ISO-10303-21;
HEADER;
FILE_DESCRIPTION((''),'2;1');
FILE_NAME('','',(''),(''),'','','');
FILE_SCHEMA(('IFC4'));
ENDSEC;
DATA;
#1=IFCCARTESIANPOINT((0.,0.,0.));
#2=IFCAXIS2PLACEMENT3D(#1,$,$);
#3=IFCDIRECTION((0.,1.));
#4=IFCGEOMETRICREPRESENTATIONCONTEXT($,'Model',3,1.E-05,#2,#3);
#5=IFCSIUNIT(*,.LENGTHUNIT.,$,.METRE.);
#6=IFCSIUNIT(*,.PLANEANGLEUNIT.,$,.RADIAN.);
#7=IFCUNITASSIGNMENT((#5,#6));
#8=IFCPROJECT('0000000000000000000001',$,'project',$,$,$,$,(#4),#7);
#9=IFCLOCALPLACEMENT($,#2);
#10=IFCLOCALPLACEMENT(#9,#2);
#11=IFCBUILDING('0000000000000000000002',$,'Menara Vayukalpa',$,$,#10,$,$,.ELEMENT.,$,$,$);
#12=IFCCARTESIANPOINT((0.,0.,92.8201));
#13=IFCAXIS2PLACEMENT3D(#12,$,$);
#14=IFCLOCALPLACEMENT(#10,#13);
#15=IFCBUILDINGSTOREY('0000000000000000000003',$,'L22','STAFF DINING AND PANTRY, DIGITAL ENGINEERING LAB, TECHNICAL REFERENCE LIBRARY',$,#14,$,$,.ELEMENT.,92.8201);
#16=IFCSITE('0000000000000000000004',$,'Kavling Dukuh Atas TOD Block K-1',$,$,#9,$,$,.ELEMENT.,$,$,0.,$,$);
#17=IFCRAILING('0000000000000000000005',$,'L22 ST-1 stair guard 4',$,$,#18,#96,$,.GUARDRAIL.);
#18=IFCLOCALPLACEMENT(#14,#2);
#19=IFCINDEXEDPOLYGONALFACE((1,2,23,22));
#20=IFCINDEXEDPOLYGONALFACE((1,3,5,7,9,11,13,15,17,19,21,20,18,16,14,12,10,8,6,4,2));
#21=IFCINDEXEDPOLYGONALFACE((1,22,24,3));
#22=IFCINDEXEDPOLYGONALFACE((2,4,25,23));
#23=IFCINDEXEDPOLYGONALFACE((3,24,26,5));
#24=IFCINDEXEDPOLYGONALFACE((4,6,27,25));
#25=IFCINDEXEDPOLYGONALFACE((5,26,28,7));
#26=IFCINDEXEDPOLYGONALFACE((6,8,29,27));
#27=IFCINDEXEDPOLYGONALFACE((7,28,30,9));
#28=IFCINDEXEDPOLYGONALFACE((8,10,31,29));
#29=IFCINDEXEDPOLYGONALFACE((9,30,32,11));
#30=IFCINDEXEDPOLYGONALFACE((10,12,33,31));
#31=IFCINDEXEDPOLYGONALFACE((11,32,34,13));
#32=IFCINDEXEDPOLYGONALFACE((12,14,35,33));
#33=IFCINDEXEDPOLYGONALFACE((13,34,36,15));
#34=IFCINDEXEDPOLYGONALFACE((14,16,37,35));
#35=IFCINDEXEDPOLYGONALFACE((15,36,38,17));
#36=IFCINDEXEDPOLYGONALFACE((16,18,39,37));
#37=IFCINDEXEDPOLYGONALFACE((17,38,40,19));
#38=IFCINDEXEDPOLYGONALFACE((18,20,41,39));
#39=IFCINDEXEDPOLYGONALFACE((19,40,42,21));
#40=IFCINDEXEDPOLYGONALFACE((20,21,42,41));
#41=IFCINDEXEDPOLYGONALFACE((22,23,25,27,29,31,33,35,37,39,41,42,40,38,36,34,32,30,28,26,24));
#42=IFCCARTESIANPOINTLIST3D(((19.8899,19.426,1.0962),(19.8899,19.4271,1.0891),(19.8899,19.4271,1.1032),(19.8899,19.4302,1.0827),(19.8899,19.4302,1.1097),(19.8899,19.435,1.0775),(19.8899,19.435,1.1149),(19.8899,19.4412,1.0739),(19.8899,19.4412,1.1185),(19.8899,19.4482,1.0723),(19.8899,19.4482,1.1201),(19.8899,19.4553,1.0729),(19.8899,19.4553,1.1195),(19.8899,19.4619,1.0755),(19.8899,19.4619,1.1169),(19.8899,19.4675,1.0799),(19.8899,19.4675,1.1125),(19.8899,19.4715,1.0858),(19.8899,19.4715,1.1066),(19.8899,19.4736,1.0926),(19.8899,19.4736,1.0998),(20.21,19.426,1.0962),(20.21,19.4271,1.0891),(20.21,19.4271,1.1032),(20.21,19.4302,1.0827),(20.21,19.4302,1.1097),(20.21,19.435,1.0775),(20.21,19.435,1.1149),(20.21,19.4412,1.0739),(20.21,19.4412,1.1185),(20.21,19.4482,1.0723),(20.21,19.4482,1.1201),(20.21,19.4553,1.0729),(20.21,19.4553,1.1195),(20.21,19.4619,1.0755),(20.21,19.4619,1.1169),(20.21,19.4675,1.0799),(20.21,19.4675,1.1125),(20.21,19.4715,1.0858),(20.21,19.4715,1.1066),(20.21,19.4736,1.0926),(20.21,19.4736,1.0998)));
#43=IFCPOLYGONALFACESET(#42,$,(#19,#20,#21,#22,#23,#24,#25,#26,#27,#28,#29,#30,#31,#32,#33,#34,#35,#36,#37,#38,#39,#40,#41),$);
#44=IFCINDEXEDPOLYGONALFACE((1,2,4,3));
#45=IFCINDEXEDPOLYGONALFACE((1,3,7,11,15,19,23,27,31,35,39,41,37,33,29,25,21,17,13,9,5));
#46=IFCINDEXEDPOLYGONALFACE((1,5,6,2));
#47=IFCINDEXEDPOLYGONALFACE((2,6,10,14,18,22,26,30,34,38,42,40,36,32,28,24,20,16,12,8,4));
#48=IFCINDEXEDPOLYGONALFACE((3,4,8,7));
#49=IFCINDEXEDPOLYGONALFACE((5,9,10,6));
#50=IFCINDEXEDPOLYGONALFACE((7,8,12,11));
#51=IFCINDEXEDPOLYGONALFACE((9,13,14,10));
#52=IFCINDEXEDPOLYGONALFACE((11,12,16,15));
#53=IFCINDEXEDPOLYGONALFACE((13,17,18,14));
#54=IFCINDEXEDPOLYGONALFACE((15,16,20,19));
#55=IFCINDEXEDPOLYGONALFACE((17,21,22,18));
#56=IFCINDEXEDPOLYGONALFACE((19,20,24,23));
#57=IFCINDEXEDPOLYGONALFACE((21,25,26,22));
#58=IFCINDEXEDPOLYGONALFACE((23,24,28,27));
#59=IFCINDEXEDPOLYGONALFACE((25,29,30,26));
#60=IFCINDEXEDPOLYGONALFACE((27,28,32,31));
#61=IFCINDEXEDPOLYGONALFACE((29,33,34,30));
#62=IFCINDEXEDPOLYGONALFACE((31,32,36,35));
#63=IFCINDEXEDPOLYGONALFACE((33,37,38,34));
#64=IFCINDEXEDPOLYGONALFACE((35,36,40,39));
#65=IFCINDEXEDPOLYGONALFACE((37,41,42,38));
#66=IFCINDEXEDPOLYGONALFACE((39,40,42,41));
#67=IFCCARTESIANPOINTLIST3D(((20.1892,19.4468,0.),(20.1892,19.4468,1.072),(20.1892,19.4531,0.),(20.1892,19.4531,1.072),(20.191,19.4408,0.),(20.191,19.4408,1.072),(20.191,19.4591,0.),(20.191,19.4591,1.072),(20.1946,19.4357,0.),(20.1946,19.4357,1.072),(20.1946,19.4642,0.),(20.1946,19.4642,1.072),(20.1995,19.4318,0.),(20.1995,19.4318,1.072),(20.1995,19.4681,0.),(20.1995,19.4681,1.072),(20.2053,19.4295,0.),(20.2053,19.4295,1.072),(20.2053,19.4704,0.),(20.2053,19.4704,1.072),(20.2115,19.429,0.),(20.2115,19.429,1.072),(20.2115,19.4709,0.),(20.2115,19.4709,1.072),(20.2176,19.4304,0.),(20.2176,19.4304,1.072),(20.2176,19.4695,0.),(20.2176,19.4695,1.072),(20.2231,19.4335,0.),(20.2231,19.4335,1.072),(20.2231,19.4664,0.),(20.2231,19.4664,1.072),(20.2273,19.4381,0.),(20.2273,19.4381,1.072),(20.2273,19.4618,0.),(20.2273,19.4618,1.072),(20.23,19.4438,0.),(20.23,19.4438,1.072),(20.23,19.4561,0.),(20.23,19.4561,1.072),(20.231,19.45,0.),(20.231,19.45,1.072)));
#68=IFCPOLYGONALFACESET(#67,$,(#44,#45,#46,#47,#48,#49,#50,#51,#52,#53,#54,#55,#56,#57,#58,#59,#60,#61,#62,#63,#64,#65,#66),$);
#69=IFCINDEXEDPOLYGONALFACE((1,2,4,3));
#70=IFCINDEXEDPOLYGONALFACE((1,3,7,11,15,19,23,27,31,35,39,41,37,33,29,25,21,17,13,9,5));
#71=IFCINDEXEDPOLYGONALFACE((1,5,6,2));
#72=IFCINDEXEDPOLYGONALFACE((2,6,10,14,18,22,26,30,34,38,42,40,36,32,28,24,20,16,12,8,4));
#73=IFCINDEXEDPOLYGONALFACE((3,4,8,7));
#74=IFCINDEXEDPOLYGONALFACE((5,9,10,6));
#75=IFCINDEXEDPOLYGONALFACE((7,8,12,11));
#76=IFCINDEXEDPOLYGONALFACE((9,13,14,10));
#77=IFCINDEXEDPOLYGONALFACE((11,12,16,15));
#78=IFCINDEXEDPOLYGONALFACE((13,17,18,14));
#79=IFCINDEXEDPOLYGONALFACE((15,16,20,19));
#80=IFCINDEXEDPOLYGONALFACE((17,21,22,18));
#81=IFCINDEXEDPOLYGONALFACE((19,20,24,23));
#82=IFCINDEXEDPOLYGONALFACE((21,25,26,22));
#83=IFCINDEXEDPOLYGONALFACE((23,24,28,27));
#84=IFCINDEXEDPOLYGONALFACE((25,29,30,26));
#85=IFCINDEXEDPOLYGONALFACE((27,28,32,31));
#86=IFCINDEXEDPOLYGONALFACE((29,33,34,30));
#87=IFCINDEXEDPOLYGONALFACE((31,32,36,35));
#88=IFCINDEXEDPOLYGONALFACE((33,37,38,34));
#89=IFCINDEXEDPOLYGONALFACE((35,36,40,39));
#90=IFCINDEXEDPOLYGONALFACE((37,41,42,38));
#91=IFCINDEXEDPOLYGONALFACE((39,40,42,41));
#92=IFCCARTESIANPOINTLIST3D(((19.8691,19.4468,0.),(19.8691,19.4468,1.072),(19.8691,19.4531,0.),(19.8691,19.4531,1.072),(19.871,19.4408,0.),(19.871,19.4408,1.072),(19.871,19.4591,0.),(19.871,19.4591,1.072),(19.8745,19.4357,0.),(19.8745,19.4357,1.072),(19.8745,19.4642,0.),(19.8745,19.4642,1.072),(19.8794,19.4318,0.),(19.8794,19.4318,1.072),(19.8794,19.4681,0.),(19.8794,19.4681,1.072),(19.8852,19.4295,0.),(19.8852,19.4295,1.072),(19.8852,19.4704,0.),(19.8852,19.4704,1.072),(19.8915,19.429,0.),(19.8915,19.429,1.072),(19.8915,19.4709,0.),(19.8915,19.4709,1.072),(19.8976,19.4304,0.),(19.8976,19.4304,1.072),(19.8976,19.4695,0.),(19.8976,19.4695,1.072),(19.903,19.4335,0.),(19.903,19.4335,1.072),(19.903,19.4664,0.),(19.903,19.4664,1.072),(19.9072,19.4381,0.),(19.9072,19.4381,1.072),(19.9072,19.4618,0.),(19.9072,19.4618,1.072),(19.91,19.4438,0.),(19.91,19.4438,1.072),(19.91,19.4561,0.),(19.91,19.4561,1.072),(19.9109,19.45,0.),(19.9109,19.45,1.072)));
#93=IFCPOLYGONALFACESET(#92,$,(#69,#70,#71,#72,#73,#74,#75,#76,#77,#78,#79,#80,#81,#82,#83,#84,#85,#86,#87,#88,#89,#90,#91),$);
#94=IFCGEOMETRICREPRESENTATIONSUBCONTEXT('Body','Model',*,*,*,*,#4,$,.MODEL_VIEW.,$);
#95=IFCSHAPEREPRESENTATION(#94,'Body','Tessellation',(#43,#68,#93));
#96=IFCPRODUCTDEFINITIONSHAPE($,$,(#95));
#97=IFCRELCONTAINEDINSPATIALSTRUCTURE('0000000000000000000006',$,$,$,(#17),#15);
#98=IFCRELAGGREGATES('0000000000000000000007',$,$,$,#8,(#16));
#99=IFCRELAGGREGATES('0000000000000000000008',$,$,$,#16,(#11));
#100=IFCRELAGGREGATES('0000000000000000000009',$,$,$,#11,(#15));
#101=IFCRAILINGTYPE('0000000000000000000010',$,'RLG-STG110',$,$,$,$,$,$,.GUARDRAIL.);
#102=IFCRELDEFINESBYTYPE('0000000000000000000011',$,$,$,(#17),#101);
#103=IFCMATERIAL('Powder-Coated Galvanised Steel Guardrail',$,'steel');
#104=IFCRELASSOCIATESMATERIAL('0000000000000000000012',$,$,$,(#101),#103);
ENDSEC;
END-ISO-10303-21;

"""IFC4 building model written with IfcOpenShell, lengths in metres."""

from ifc_helpers import new_model, si_unit, direction, frame, origin, origin_2d, place, context, subcontext, project, spatial, circle, extrude, material, type_object, element, save


model = new_model("IFC4")

# Units and contexts
model_context = context("Model", 3, precision=1e-05, world=origin(), true_north=direction((0.0, 1.0)))
body_context = subcontext(model_context, "Body", "Model", "MODEL_VIEW")
ifc_project = project(units=[si_unit("LENGTHUNIT", "METRE"), si_unit("PLANEANGLEUNIT", "RADIAN")], contexts=[model_context])

# Site, building, storey
site_placement = place(None, origin())
site = spatial("IfcSite", under=ifc_project, at=site_placement, Name="Kavling Dukuh Atas TOD Block K-1", CompositionType="ELEMENT", RefElevation=0.0)
building_placement = place(site_placement, origin())
building = spatial("IfcBuilding", under=site, at=building_placement, Name="Menara Vayukalpa", CompositionType="ELEMENT")
storey_placement = place(building_placement, frame((0.0, 0.0, 92.8201)))
storey = spatial("IfcBuildingStorey", under=building, at=storey_placement, Name="L22", Description="STAFF DINING AND PANTRY, DIGITAL ENGINEERING LAB, TECHNICAL REFERENCE LIBRARY", CompositionType="ELEMENT", Elevation=92.8201)

# Railing
ifc_material_1 = material(Name="Powder-Coated Galvanised Steel Guardrail", Category="steel")
railing_type = type_object("IfcRailingType", Name="RLG-STG110", PredefinedType="GUARDRAIL", material=ifc_material_1)
railing_1_placement = place(storey_placement, frame((20.21, 19.45, 0.0)))
element("IfcRailing", 1, at=railing_1_placement, inside=storey, type_object=railing_type, Name="L22 ST-1 stair guard 4", PredefinedType="GUARDRAIL", context=body_context, shape_type="SweptSolid", body=[
    extrude(circle(Radius=0.0239, at=origin_2d()), frame((0.0, 0.0, 1.0962), z_axis=(-1.0, 0.0, 0.0), x_axis=(0.0, -1.0, 0.0)), (0.0, 0.0, 1.0), 0.3201),
    extrude(circle(Radius=0.021, at=origin_2d()), origin(), (0.0, 0.0, 1.0), 1.072),
    extrude(circle(Radius=0.021, at=origin_2d()), frame((-0.3201, 0.0, 0.0)), (0.0, 0.0, 1.0), 1.072),
])

save(model, "model.ifc")
